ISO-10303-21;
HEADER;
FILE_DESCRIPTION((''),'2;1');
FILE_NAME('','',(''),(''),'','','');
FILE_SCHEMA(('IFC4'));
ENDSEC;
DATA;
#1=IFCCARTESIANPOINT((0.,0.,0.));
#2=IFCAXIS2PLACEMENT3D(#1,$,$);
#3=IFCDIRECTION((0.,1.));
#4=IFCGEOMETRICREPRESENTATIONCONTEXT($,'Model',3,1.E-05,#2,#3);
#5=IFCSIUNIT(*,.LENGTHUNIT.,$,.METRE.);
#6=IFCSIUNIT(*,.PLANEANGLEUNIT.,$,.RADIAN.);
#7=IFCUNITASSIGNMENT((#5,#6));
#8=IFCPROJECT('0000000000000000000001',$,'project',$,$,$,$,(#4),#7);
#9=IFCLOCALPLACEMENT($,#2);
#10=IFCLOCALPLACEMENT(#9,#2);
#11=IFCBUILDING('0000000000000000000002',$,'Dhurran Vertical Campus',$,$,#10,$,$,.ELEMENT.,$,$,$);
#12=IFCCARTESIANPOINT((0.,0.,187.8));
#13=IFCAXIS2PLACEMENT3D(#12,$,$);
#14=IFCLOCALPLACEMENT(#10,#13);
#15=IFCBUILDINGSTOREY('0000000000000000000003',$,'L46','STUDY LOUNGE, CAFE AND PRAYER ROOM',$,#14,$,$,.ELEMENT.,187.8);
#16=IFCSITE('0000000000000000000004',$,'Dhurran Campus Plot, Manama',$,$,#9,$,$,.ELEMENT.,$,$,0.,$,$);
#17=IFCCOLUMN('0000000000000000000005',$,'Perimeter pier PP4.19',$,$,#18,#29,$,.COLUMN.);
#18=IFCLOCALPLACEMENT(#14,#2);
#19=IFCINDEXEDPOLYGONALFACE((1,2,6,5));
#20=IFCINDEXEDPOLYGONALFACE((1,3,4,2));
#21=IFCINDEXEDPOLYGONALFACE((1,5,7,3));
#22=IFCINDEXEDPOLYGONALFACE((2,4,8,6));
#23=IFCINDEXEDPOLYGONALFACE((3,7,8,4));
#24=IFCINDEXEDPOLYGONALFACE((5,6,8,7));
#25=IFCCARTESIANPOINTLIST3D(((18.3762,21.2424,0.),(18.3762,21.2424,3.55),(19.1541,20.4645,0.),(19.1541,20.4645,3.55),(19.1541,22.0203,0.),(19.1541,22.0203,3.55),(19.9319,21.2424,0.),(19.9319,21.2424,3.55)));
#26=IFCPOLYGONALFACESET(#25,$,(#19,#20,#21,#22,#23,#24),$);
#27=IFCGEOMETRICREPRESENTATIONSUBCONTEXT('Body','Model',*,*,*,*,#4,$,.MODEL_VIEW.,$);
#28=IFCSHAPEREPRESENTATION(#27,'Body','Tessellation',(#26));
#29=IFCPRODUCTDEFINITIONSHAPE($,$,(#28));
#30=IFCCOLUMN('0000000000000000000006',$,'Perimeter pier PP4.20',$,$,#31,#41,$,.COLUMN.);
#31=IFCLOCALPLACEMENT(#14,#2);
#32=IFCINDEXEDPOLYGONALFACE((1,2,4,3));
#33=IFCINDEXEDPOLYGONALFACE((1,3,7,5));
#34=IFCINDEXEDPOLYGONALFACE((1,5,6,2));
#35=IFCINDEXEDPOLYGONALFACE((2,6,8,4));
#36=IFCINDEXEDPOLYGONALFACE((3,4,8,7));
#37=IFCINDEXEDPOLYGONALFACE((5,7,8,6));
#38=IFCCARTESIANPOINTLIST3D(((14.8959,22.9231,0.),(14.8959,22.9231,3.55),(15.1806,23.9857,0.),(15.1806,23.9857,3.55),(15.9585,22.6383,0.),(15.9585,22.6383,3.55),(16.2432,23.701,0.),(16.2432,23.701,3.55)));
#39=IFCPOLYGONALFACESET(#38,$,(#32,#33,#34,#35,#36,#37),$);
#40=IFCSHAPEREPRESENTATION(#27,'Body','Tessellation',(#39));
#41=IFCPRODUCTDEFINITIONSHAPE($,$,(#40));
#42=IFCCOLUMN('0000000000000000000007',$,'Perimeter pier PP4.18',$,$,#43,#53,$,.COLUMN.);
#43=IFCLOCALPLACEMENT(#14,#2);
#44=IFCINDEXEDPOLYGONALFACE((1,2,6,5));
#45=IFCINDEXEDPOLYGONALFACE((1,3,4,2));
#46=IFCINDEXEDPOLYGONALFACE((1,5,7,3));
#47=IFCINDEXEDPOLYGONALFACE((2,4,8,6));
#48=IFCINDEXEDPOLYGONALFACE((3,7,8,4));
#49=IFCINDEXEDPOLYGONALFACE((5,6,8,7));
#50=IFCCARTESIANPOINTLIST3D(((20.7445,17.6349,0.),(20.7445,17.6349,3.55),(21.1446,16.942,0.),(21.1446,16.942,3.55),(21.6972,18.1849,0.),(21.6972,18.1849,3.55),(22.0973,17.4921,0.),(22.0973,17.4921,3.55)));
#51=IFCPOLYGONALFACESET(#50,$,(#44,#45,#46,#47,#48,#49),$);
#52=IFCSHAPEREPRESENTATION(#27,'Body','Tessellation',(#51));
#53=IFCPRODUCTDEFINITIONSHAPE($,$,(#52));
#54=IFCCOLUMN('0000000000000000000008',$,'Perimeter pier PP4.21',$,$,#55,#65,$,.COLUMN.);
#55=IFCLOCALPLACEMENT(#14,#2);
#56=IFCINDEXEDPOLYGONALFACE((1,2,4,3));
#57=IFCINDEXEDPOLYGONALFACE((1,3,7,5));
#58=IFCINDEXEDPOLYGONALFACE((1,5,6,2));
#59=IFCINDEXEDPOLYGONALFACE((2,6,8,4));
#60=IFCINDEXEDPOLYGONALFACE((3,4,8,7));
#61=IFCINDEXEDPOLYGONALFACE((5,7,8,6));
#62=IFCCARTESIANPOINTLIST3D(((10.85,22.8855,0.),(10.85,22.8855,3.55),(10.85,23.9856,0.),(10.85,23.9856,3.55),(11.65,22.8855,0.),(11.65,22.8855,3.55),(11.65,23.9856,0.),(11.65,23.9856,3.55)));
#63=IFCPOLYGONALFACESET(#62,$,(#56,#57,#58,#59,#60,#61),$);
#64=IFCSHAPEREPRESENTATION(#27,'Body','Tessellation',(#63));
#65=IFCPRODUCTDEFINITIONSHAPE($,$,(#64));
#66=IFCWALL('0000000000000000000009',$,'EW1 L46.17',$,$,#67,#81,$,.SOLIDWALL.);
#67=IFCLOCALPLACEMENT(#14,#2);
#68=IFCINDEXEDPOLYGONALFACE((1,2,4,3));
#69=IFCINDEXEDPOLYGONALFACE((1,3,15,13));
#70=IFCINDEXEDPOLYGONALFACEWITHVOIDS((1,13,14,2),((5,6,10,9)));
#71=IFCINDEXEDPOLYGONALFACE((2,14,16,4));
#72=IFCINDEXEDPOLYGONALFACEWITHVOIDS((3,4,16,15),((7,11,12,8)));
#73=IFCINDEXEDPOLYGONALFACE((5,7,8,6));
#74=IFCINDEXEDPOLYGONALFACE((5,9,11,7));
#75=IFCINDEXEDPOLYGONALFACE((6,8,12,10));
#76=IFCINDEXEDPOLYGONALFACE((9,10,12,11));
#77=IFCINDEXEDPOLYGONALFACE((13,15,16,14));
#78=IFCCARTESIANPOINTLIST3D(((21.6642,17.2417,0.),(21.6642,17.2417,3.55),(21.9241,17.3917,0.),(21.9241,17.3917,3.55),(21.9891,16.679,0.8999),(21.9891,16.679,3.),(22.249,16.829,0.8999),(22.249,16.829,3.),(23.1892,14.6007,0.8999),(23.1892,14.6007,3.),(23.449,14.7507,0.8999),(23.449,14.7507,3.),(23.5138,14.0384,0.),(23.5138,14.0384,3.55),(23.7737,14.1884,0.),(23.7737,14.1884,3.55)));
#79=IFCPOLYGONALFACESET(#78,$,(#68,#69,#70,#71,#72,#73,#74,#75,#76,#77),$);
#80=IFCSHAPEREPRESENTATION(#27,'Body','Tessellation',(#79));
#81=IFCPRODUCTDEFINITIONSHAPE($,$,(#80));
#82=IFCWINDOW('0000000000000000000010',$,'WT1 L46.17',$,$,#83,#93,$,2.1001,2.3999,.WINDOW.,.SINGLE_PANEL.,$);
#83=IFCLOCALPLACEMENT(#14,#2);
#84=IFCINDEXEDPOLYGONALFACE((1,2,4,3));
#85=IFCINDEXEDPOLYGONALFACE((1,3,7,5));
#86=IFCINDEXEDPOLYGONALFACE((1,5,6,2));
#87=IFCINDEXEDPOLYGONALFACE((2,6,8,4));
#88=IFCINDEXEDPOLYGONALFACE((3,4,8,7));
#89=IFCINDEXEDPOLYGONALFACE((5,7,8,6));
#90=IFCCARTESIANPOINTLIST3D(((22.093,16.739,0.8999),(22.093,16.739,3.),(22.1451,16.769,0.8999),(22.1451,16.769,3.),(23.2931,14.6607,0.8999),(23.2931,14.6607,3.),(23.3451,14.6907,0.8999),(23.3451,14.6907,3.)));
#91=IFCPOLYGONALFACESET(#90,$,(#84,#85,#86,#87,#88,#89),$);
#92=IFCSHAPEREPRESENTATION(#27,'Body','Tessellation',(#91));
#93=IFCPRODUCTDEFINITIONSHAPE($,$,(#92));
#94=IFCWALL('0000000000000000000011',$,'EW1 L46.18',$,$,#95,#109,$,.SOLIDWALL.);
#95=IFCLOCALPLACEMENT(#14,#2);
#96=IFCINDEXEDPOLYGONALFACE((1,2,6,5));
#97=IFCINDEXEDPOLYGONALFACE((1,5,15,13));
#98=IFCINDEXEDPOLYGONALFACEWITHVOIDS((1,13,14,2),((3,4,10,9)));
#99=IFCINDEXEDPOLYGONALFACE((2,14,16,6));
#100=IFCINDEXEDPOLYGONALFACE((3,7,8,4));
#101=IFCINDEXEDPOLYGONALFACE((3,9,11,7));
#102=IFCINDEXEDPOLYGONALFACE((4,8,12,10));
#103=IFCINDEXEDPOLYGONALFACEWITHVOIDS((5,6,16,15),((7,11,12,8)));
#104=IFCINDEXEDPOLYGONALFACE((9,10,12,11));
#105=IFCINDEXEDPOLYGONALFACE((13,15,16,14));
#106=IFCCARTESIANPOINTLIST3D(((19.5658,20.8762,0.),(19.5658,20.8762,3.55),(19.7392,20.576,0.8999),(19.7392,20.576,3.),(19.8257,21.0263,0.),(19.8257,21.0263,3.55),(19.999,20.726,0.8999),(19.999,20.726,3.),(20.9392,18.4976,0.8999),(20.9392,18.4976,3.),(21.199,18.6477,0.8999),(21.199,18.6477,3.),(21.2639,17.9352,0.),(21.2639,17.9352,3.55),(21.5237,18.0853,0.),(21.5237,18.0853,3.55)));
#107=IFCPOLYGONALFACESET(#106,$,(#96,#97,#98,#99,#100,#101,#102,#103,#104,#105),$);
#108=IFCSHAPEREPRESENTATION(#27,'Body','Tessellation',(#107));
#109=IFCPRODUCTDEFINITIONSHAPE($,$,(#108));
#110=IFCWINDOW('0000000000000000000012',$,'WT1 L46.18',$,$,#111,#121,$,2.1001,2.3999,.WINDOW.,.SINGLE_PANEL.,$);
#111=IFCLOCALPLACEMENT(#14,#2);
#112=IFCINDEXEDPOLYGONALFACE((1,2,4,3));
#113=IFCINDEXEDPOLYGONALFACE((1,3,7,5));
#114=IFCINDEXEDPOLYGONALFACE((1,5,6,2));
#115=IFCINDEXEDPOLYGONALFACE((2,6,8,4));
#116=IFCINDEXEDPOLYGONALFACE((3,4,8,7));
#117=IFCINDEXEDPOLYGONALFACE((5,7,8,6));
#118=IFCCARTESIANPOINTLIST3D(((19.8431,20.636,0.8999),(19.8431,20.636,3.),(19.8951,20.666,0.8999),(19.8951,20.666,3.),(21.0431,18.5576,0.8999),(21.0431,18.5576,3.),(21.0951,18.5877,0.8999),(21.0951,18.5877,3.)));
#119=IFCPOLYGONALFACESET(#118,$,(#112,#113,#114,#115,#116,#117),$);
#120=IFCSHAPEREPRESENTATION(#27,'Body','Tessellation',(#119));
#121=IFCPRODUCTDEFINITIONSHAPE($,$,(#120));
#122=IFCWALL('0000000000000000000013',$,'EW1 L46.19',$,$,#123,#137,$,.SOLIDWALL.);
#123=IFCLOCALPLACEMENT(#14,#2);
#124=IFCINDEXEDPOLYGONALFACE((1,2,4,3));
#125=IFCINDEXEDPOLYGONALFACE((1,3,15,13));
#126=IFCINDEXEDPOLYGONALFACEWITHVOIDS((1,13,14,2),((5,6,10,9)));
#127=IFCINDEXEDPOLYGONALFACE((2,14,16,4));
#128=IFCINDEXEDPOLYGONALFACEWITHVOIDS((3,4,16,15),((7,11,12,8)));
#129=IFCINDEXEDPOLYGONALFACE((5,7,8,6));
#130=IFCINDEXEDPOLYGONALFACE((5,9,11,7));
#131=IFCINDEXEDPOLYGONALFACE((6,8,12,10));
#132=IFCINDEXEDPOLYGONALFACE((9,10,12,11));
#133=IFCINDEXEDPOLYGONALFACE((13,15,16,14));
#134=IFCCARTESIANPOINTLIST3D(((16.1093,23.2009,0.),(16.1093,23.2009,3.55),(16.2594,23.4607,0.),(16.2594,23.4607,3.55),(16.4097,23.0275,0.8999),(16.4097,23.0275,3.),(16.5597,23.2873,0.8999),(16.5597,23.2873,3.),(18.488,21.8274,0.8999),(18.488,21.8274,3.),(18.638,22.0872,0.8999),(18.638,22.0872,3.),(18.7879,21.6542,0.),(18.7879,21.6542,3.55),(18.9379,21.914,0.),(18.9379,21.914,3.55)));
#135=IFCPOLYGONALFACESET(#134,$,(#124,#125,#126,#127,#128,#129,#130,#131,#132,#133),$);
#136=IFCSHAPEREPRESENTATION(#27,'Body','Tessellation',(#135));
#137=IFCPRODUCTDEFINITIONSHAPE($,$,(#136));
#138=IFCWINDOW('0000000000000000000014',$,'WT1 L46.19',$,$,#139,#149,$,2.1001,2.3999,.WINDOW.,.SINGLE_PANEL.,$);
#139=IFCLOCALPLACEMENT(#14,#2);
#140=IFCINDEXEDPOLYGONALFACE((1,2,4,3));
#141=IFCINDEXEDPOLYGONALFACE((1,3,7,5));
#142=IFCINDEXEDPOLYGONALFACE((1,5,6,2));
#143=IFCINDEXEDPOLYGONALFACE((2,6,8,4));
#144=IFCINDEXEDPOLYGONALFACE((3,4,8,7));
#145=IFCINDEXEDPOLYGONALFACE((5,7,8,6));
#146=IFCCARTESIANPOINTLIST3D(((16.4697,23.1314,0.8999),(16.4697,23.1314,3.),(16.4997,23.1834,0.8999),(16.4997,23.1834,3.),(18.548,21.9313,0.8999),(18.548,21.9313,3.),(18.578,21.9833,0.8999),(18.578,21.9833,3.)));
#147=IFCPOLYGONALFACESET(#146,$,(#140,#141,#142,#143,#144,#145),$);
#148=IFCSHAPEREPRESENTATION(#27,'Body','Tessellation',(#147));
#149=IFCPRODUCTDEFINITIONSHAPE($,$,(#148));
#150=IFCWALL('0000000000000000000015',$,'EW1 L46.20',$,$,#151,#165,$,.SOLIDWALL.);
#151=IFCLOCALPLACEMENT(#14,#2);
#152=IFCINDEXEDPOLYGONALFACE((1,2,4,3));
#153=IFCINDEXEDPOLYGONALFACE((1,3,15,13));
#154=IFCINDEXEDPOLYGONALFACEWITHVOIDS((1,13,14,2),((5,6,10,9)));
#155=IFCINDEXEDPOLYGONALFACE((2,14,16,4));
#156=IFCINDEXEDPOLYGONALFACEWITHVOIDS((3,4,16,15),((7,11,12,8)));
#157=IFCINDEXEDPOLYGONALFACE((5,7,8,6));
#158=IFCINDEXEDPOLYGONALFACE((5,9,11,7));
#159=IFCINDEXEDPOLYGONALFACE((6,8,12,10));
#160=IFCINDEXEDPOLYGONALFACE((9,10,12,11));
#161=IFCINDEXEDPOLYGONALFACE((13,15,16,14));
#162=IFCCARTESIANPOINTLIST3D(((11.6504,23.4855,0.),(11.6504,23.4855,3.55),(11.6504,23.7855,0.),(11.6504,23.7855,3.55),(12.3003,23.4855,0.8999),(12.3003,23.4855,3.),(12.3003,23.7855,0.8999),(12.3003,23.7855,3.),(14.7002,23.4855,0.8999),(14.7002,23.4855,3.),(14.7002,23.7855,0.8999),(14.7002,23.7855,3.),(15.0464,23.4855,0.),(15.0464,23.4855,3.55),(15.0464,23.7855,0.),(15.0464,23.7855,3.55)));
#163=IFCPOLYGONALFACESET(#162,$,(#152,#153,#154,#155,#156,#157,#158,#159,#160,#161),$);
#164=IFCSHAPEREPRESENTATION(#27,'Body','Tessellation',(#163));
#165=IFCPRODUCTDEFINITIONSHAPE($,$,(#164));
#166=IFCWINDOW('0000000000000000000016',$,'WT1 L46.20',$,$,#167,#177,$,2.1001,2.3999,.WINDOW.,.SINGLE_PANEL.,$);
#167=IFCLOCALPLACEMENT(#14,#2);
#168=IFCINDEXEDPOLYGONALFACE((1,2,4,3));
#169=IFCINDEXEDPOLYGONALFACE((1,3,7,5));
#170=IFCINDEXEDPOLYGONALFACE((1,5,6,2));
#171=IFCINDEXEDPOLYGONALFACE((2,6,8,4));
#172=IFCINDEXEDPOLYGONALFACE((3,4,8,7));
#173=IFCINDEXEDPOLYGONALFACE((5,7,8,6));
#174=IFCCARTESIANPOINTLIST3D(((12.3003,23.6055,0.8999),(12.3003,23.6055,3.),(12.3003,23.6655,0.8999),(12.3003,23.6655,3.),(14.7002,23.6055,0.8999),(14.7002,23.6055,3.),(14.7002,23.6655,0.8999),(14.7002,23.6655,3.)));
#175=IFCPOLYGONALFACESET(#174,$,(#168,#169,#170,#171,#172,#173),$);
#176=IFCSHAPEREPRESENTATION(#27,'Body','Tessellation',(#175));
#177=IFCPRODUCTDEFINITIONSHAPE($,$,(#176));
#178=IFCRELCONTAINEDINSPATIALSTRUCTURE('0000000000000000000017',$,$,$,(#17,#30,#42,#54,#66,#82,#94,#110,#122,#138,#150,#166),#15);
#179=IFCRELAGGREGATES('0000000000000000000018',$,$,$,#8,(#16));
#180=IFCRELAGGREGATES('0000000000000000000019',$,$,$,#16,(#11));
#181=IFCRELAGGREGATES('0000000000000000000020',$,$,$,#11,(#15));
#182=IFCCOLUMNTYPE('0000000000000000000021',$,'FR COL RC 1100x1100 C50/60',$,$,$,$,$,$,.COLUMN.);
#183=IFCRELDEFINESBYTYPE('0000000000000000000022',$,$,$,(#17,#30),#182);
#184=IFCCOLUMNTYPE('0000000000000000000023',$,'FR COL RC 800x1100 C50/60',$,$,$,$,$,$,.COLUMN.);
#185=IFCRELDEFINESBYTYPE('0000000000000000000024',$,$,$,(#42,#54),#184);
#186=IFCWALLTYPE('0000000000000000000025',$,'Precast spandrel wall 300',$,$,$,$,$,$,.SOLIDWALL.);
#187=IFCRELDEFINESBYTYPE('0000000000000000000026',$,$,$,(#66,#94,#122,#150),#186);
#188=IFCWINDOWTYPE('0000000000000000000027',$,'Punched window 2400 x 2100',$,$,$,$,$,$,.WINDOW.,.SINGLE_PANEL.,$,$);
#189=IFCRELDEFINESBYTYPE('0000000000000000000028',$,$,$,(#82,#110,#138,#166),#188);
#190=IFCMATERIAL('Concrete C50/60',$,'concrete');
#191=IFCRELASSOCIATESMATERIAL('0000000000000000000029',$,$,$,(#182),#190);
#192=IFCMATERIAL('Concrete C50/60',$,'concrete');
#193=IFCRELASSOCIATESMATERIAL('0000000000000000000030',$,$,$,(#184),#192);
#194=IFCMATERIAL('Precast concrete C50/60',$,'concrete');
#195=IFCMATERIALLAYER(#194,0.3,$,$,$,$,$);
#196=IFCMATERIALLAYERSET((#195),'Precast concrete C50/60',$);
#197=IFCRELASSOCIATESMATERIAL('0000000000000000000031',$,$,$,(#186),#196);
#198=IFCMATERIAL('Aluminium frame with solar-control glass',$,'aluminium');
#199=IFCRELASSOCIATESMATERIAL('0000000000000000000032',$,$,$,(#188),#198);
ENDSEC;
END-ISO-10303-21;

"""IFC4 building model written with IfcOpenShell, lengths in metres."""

from ifc_helpers import new_model, si_unit, direction, frame, frame_2d, origin, origin_2d, place, context, subcontext, project, spatial, rectangle, extrude, material, layer, layer_set, material_profile, profile_set, type_object, element, fill, save


model = new_model("IFC4")

# Units and contexts
model_context = context("Model", 3, precision=1e-05, world=origin(), true_north=direction((0.0, 1.0)))
body_context = subcontext(model_context, "Body", "Model", "MODEL_VIEW")
ifc_project = project(units=[si_unit("LENGTHUNIT", "METRE"), si_unit("PLANEANGLEUNIT", "RADIAN")], contexts=[model_context])

# Site, building, storey
site_placement = place(None, origin())
site = spatial("IfcSite", under=ifc_project, at=site_placement, Name="Dhurran Campus Plot, Manama", CompositionType="ELEMENT", RefElevation=0.0)
building_placement = place(site_placement, origin())
building = spatial("IfcBuilding", under=site, at=building_placement, Name="Dhurran Vertical Campus", CompositionType="ELEMENT")
storey_placement = place(building_placement, frame((0.0, 0.0, 187.8)))
storey = spatial("IfcBuildingStorey", under=building, at=storey_placement, Name="L46", Description="STUDY LOUNGE, CAFE AND PRAYER ROOM", CompositionType="ELEMENT", Elevation=187.8)

# Columns
ifc_material_1 = material(Name="Concrete C50/60", Category="concrete")
ifc_material_profile_1 = material_profile(ifc_material_1, rectangle(XDim=1.1001, YDim=1.1001, at=origin_2d()), Name="RC 1100x1100")
ifc_profile_set_1 = profile_set([ifc_material_profile_1], Name="Concrete C50/60")
column_type_1 = type_object("IfcColumnType", Name="FR COL RC 1100x1100 C50/60", PredefinedType="COLUMN", material=ifc_profile_set_1)
for number, where, z_axis, x_axis, name in (
    (1, (19.1541, 21.2424, 0.0), (0.0, 0.0, 1.0), (-0.707107, 0.707107, 0.0), "Perimeter pier PP4.19"),
    (2, (15.5696, 23.312, 0.0), (0.0, 0.0, 1.0), (-0.965926, 0.258819, 0.0), "Perimeter pier PP4.20"),
):
    element("IfcColumn", number, at=place(storey_placement, frame(where, z_axis=z_axis, x_axis=x_axis)), inside=storey, type_object=column_type_1, Name=name, PredefinedType="COLUMN", context=body_context, shape_type="SweptSolid", body=[
        extrude(rectangle(XDim=1.1001, YDim=1.1001, at=origin_2d()), origin(), (0.0, 0.0, 1.0), 3.55),
    ])
ifc_material_2 = material(Name="Concrete C50/60", Category="concrete")
ifc_material_profile_2 = material_profile(ifc_material_2, rectangle(XDim=0.8, YDim=1.1001, at=origin_2d()), Name="RC 800x1100")
ifc_profile_set_2 = profile_set([ifc_material_profile_2], Name="Concrete C50/60")
column_type_2 = type_object("IfcColumnType", Name="FR COL RC 800x1100 C50/60", PredefinedType="COLUMN", material=ifc_profile_set_2)
for number, where, z_axis, x_axis, name in (
    (3, (21.4209, 17.5635, 0.0), (0.0, 0.0, 1.0), (-0.5, 0.866025, 0.0), "Perimeter pier PP4.18"),
    (4, (11.25, 23.4355, 0.0), (0.0, 0.0, 1.0), (-1.0, 0.0, 0.0), "Perimeter pier PP4.21"),
):
    element("IfcColumn", number, at=place(storey_placement, frame(where, z_axis=z_axis, x_axis=x_axis)), inside=storey, type_object=column_type_2, Name=name, PredefinedType="COLUMN", context=body_context, shape_type="SweptSolid", body=[
        extrude(rectangle(XDim=0.8, YDim=1.1001, at=origin_2d()), origin(), (0.0, 0.0, 1.0), 3.55),
    ])

# Walls, openings, windows
ifc_material_3 = material(Name="Precast concrete C50/60", Category="concrete")
ifc_layer_1 = layer(ifc_material_3, 0.3)
ifc_layer_set_1 = layer_set([ifc_layer_1], Name="Precast concrete C50/60")
wall_type_1 = type_object("IfcWallType", Name="Precast spandrel wall 300", PredefinedType="SOLIDWALL", material=ifc_layer_set_1)
wall_1_placement = place(storey_placement, frame((23.6438, 14.1133, 0.0), z_axis=(0.0, 0.0, 1.0), x_axis=(-0.500029, 0.866009, 0.0)))
wall_1 = element("IfcWall", 5, at=wall_1_placement, inside=storey, type_object=wall_type_1, Name="EW1 L46.17", PredefinedType="SOLIDWALL", context=body_context, shape_type="SweptSolid", body=[
    extrude(rectangle(XDim=3.699, YDim=0.3, at=frame_2d((1.8496, 0.0))), origin(), (0.0, 0.0, 1.0), 3.55),
])
opening_1_placement = place(wall_1_placement, frame((0.6494, 0.0, 0.8999)))
opening_1 = element("IfcOpeningElement", 6, at=opening_1_placement, cuts=wall_1, PredefinedType="OPENING", context=body_context, shape_type="SweptSolid", body=[
    extrude(rectangle(XDim=2.3999, YDim=2.1001, at=frame_2d((1.2, 1.05))), frame((0.0, 0.1599, 0.0), z_axis=(0.0, -1.0, 0.0), x_axis=(1.0, 0.0, 0.0)), (0.0, 0.0, 1.0), 0.3201),
])
ifc_material_4 = material(Name="Aluminium frame with solar-control glass", Category="aluminium")
window_type = type_object("IfcWindowType", Name="Punched window 2400 x 2100", PartitioningType="SINGLE_PANEL", PredefinedType="WINDOW", material=ifc_material_4)
window_1_placement = place(opening_1_placement, origin())
window_1 = element("IfcWindow", 7, at=window_1_placement, inside=storey, type_object=window_type, Name="WT1 L46.17", OverallHeight=2.1001, OverallWidth=2.3999, PartitioningType="SINGLE_PANEL", PredefinedType="WINDOW", context=body_context, shape_type="SweptSolid", body=[
    extrude(rectangle(XDim=2.3999, YDim=2.1001, at=frame_2d((1.2, 1.05))), frame((0.0, 0.03, 0.0), z_axis=(0.0, -1.0, 0.0), x_axis=(1.0, 0.0, 0.0)), (0.0, 0.0, 1.0), 0.0601),
])
fill(opening_1, window_1)
wall_2_placement = place(storey_placement, frame((21.3938, 18.0103, 0.0), z_axis=(0.0, 0.0, 1.0), x_axis=(-0.500013, 0.866018, 0.0)))
wall_2 = element("IfcWall", 8, at=wall_2_placement, inside=storey, type_object=wall_type_1, Name="EW1 L46.18", PredefinedType="SOLIDWALL", context=body_context, shape_type="SweptSolid", body=[
    extrude(rectangle(XDim=3.396, YDim=0.3, at=frame_2d((1.698, 0.0))), origin(), (0.0, 0.0, 1.0), 3.55),
])
opening_2_placement = place(wall_2_placement, frame((0.6494, 0.0, 0.8999)))
opening_2 = element("IfcOpeningElement", 9, at=opening_2_placement, cuts=wall_2, PredefinedType="OPENING", context=body_context, shape_type="SweptSolid", body=[
    extrude(rectangle(XDim=2.3999, YDim=2.1001, at=frame_2d((1.2, 1.05))), frame((0.0, 0.1599, 0.0), z_axis=(0.0, -1.0, 0.0), x_axis=(1.0, 0.0, 0.0)), (0.0, 0.0, 1.0), 0.3201),
])
window_2_placement = place(opening_2_placement, origin())
window_2 = element("IfcWindow", 10, at=window_2_placement, inside=storey, type_object=window_type, Name="WT1 L46.18", OverallHeight=2.1001, OverallWidth=2.3999, PartitioningType="SINGLE_PANEL", PredefinedType="WINDOW", context=body_context, shape_type="SweptSolid", body=[
    extrude(rectangle(XDim=2.3999, YDim=2.1001, at=frame_2d((1.2, 1.05))), frame((0.0, 0.03, 0.0), z_axis=(0.0, -1.0, 0.0), x_axis=(1.0, 0.0, 0.0)), (0.0, 0.0, 1.0), 0.0601),
])
fill(opening_2, window_2)
wall_3_placement = place(storey_placement, frame((18.8628, 21.7842, 0.0), z_axis=(0.0, 0.0, 1.0), x_axis=(-0.865995, 0.500053, 0.0)))
wall_3 = element("IfcWall", 11, at=wall_3_placement, inside=storey, type_object=wall_type_1, Name="EW1 L46.19", PredefinedType="SOLIDWALL", context=body_context, shape_type="SweptSolid", body=[
    extrude(rectangle(XDim=3.093, YDim=0.3, at=frame_2d((1.5464, 0.0))), origin(), (0.0, 0.0, 1.0), 3.55),
])
opening_3_placement = place(wall_3_placement, frame((0.3462, 0.0, 0.8999)))
opening_3 = element("IfcOpeningElement", 12, at=opening_3_placement, cuts=wall_3, PredefinedType="OPENING", context=body_context, shape_type="SweptSolid", body=[
    extrude(rectangle(XDim=2.3999, YDim=2.1001, at=frame_2d((1.2, 1.05))), frame((0.0, 0.1599, 0.0), z_axis=(0.0, -1.0, 0.0), x_axis=(1.0, 0.0, 0.0)), (0.0, 0.0, 1.0), 0.3201),
])
window_3_placement = place(opening_3_placement, origin())
window_3 = element("IfcWindow", 13, at=window_3_placement, inside=storey, type_object=window_type, Name="WT1 L46.19", OverallHeight=2.1001, OverallWidth=2.3999, PartitioningType="SINGLE_PANEL", PredefinedType="WINDOW", context=body_context, shape_type="SweptSolid", body=[
    extrude(rectangle(XDim=2.3999, YDim=2.1001, at=frame_2d((1.2, 1.05))), frame((0.0, 0.03, 0.0), z_axis=(0.0, -1.0, 0.0), x_axis=(1.0, 0.0, 0.0)), (0.0, 0.0, 1.0), 0.0601),
])
fill(opening_3, window_3)
wall_4_placement = place(storey_placement, frame((15.0464, 23.6355, 0.0), z_axis=(0.0, 0.0, 1.0), x_axis=(-1.0, 0.0, 0.0)))
wall_4 = element("IfcWall", 14, at=wall_4_placement, inside=storey, type_object=wall_type_1, Name="EW1 L46.20", PredefinedType="SOLIDWALL", context=body_context, shape_type="SweptSolid", body=[
    extrude(rectangle(XDim=3.396, YDim=0.3, at=frame_2d((1.698, 0.0))), origin(), (0.0, 0.0, 1.0), 3.55),
])
opening_4_placement = place(wall_4_placement, frame((0.3462, 0.0, 0.8999)))
opening_4 = element("IfcOpeningElement", 15, at=opening_4_placement, cuts=wall_4, PredefinedType="OPENING", context=body_context, shape_type="SweptSolid", body=[
    extrude(rectangle(XDim=2.3999, YDim=2.1001, at=frame_2d((1.2, 1.05))), frame((0.0, 0.1599, 0.0), z_axis=(0.0, -1.0, 0.0), x_axis=(1.0, 0.0, 0.0)), (0.0, 0.0, 1.0), 0.3201),
])
window_4_placement = place(opening_4_placement, origin())
window_4 = element("IfcWindow", 16, at=window_4_placement, inside=storey, type_object=window_type, Name="WT1 L46.20", OverallHeight=2.1001, OverallWidth=2.3999, PartitioningType="SINGLE_PANEL", PredefinedType="WINDOW", context=body_context, shape_type="SweptSolid", body=[
    extrude(rectangle(XDim=2.3999, YDim=2.1001, at=frame_2d((1.2, 1.05))), frame((0.0, 0.03, 0.0), z_axis=(0.0, -1.0, 0.0), x_axis=(1.0, 0.0, 0.0)), (0.0, 0.0, 1.0), 0.0601),
])
fill(opening_4, window_4)

save(model, "model.ifc")
